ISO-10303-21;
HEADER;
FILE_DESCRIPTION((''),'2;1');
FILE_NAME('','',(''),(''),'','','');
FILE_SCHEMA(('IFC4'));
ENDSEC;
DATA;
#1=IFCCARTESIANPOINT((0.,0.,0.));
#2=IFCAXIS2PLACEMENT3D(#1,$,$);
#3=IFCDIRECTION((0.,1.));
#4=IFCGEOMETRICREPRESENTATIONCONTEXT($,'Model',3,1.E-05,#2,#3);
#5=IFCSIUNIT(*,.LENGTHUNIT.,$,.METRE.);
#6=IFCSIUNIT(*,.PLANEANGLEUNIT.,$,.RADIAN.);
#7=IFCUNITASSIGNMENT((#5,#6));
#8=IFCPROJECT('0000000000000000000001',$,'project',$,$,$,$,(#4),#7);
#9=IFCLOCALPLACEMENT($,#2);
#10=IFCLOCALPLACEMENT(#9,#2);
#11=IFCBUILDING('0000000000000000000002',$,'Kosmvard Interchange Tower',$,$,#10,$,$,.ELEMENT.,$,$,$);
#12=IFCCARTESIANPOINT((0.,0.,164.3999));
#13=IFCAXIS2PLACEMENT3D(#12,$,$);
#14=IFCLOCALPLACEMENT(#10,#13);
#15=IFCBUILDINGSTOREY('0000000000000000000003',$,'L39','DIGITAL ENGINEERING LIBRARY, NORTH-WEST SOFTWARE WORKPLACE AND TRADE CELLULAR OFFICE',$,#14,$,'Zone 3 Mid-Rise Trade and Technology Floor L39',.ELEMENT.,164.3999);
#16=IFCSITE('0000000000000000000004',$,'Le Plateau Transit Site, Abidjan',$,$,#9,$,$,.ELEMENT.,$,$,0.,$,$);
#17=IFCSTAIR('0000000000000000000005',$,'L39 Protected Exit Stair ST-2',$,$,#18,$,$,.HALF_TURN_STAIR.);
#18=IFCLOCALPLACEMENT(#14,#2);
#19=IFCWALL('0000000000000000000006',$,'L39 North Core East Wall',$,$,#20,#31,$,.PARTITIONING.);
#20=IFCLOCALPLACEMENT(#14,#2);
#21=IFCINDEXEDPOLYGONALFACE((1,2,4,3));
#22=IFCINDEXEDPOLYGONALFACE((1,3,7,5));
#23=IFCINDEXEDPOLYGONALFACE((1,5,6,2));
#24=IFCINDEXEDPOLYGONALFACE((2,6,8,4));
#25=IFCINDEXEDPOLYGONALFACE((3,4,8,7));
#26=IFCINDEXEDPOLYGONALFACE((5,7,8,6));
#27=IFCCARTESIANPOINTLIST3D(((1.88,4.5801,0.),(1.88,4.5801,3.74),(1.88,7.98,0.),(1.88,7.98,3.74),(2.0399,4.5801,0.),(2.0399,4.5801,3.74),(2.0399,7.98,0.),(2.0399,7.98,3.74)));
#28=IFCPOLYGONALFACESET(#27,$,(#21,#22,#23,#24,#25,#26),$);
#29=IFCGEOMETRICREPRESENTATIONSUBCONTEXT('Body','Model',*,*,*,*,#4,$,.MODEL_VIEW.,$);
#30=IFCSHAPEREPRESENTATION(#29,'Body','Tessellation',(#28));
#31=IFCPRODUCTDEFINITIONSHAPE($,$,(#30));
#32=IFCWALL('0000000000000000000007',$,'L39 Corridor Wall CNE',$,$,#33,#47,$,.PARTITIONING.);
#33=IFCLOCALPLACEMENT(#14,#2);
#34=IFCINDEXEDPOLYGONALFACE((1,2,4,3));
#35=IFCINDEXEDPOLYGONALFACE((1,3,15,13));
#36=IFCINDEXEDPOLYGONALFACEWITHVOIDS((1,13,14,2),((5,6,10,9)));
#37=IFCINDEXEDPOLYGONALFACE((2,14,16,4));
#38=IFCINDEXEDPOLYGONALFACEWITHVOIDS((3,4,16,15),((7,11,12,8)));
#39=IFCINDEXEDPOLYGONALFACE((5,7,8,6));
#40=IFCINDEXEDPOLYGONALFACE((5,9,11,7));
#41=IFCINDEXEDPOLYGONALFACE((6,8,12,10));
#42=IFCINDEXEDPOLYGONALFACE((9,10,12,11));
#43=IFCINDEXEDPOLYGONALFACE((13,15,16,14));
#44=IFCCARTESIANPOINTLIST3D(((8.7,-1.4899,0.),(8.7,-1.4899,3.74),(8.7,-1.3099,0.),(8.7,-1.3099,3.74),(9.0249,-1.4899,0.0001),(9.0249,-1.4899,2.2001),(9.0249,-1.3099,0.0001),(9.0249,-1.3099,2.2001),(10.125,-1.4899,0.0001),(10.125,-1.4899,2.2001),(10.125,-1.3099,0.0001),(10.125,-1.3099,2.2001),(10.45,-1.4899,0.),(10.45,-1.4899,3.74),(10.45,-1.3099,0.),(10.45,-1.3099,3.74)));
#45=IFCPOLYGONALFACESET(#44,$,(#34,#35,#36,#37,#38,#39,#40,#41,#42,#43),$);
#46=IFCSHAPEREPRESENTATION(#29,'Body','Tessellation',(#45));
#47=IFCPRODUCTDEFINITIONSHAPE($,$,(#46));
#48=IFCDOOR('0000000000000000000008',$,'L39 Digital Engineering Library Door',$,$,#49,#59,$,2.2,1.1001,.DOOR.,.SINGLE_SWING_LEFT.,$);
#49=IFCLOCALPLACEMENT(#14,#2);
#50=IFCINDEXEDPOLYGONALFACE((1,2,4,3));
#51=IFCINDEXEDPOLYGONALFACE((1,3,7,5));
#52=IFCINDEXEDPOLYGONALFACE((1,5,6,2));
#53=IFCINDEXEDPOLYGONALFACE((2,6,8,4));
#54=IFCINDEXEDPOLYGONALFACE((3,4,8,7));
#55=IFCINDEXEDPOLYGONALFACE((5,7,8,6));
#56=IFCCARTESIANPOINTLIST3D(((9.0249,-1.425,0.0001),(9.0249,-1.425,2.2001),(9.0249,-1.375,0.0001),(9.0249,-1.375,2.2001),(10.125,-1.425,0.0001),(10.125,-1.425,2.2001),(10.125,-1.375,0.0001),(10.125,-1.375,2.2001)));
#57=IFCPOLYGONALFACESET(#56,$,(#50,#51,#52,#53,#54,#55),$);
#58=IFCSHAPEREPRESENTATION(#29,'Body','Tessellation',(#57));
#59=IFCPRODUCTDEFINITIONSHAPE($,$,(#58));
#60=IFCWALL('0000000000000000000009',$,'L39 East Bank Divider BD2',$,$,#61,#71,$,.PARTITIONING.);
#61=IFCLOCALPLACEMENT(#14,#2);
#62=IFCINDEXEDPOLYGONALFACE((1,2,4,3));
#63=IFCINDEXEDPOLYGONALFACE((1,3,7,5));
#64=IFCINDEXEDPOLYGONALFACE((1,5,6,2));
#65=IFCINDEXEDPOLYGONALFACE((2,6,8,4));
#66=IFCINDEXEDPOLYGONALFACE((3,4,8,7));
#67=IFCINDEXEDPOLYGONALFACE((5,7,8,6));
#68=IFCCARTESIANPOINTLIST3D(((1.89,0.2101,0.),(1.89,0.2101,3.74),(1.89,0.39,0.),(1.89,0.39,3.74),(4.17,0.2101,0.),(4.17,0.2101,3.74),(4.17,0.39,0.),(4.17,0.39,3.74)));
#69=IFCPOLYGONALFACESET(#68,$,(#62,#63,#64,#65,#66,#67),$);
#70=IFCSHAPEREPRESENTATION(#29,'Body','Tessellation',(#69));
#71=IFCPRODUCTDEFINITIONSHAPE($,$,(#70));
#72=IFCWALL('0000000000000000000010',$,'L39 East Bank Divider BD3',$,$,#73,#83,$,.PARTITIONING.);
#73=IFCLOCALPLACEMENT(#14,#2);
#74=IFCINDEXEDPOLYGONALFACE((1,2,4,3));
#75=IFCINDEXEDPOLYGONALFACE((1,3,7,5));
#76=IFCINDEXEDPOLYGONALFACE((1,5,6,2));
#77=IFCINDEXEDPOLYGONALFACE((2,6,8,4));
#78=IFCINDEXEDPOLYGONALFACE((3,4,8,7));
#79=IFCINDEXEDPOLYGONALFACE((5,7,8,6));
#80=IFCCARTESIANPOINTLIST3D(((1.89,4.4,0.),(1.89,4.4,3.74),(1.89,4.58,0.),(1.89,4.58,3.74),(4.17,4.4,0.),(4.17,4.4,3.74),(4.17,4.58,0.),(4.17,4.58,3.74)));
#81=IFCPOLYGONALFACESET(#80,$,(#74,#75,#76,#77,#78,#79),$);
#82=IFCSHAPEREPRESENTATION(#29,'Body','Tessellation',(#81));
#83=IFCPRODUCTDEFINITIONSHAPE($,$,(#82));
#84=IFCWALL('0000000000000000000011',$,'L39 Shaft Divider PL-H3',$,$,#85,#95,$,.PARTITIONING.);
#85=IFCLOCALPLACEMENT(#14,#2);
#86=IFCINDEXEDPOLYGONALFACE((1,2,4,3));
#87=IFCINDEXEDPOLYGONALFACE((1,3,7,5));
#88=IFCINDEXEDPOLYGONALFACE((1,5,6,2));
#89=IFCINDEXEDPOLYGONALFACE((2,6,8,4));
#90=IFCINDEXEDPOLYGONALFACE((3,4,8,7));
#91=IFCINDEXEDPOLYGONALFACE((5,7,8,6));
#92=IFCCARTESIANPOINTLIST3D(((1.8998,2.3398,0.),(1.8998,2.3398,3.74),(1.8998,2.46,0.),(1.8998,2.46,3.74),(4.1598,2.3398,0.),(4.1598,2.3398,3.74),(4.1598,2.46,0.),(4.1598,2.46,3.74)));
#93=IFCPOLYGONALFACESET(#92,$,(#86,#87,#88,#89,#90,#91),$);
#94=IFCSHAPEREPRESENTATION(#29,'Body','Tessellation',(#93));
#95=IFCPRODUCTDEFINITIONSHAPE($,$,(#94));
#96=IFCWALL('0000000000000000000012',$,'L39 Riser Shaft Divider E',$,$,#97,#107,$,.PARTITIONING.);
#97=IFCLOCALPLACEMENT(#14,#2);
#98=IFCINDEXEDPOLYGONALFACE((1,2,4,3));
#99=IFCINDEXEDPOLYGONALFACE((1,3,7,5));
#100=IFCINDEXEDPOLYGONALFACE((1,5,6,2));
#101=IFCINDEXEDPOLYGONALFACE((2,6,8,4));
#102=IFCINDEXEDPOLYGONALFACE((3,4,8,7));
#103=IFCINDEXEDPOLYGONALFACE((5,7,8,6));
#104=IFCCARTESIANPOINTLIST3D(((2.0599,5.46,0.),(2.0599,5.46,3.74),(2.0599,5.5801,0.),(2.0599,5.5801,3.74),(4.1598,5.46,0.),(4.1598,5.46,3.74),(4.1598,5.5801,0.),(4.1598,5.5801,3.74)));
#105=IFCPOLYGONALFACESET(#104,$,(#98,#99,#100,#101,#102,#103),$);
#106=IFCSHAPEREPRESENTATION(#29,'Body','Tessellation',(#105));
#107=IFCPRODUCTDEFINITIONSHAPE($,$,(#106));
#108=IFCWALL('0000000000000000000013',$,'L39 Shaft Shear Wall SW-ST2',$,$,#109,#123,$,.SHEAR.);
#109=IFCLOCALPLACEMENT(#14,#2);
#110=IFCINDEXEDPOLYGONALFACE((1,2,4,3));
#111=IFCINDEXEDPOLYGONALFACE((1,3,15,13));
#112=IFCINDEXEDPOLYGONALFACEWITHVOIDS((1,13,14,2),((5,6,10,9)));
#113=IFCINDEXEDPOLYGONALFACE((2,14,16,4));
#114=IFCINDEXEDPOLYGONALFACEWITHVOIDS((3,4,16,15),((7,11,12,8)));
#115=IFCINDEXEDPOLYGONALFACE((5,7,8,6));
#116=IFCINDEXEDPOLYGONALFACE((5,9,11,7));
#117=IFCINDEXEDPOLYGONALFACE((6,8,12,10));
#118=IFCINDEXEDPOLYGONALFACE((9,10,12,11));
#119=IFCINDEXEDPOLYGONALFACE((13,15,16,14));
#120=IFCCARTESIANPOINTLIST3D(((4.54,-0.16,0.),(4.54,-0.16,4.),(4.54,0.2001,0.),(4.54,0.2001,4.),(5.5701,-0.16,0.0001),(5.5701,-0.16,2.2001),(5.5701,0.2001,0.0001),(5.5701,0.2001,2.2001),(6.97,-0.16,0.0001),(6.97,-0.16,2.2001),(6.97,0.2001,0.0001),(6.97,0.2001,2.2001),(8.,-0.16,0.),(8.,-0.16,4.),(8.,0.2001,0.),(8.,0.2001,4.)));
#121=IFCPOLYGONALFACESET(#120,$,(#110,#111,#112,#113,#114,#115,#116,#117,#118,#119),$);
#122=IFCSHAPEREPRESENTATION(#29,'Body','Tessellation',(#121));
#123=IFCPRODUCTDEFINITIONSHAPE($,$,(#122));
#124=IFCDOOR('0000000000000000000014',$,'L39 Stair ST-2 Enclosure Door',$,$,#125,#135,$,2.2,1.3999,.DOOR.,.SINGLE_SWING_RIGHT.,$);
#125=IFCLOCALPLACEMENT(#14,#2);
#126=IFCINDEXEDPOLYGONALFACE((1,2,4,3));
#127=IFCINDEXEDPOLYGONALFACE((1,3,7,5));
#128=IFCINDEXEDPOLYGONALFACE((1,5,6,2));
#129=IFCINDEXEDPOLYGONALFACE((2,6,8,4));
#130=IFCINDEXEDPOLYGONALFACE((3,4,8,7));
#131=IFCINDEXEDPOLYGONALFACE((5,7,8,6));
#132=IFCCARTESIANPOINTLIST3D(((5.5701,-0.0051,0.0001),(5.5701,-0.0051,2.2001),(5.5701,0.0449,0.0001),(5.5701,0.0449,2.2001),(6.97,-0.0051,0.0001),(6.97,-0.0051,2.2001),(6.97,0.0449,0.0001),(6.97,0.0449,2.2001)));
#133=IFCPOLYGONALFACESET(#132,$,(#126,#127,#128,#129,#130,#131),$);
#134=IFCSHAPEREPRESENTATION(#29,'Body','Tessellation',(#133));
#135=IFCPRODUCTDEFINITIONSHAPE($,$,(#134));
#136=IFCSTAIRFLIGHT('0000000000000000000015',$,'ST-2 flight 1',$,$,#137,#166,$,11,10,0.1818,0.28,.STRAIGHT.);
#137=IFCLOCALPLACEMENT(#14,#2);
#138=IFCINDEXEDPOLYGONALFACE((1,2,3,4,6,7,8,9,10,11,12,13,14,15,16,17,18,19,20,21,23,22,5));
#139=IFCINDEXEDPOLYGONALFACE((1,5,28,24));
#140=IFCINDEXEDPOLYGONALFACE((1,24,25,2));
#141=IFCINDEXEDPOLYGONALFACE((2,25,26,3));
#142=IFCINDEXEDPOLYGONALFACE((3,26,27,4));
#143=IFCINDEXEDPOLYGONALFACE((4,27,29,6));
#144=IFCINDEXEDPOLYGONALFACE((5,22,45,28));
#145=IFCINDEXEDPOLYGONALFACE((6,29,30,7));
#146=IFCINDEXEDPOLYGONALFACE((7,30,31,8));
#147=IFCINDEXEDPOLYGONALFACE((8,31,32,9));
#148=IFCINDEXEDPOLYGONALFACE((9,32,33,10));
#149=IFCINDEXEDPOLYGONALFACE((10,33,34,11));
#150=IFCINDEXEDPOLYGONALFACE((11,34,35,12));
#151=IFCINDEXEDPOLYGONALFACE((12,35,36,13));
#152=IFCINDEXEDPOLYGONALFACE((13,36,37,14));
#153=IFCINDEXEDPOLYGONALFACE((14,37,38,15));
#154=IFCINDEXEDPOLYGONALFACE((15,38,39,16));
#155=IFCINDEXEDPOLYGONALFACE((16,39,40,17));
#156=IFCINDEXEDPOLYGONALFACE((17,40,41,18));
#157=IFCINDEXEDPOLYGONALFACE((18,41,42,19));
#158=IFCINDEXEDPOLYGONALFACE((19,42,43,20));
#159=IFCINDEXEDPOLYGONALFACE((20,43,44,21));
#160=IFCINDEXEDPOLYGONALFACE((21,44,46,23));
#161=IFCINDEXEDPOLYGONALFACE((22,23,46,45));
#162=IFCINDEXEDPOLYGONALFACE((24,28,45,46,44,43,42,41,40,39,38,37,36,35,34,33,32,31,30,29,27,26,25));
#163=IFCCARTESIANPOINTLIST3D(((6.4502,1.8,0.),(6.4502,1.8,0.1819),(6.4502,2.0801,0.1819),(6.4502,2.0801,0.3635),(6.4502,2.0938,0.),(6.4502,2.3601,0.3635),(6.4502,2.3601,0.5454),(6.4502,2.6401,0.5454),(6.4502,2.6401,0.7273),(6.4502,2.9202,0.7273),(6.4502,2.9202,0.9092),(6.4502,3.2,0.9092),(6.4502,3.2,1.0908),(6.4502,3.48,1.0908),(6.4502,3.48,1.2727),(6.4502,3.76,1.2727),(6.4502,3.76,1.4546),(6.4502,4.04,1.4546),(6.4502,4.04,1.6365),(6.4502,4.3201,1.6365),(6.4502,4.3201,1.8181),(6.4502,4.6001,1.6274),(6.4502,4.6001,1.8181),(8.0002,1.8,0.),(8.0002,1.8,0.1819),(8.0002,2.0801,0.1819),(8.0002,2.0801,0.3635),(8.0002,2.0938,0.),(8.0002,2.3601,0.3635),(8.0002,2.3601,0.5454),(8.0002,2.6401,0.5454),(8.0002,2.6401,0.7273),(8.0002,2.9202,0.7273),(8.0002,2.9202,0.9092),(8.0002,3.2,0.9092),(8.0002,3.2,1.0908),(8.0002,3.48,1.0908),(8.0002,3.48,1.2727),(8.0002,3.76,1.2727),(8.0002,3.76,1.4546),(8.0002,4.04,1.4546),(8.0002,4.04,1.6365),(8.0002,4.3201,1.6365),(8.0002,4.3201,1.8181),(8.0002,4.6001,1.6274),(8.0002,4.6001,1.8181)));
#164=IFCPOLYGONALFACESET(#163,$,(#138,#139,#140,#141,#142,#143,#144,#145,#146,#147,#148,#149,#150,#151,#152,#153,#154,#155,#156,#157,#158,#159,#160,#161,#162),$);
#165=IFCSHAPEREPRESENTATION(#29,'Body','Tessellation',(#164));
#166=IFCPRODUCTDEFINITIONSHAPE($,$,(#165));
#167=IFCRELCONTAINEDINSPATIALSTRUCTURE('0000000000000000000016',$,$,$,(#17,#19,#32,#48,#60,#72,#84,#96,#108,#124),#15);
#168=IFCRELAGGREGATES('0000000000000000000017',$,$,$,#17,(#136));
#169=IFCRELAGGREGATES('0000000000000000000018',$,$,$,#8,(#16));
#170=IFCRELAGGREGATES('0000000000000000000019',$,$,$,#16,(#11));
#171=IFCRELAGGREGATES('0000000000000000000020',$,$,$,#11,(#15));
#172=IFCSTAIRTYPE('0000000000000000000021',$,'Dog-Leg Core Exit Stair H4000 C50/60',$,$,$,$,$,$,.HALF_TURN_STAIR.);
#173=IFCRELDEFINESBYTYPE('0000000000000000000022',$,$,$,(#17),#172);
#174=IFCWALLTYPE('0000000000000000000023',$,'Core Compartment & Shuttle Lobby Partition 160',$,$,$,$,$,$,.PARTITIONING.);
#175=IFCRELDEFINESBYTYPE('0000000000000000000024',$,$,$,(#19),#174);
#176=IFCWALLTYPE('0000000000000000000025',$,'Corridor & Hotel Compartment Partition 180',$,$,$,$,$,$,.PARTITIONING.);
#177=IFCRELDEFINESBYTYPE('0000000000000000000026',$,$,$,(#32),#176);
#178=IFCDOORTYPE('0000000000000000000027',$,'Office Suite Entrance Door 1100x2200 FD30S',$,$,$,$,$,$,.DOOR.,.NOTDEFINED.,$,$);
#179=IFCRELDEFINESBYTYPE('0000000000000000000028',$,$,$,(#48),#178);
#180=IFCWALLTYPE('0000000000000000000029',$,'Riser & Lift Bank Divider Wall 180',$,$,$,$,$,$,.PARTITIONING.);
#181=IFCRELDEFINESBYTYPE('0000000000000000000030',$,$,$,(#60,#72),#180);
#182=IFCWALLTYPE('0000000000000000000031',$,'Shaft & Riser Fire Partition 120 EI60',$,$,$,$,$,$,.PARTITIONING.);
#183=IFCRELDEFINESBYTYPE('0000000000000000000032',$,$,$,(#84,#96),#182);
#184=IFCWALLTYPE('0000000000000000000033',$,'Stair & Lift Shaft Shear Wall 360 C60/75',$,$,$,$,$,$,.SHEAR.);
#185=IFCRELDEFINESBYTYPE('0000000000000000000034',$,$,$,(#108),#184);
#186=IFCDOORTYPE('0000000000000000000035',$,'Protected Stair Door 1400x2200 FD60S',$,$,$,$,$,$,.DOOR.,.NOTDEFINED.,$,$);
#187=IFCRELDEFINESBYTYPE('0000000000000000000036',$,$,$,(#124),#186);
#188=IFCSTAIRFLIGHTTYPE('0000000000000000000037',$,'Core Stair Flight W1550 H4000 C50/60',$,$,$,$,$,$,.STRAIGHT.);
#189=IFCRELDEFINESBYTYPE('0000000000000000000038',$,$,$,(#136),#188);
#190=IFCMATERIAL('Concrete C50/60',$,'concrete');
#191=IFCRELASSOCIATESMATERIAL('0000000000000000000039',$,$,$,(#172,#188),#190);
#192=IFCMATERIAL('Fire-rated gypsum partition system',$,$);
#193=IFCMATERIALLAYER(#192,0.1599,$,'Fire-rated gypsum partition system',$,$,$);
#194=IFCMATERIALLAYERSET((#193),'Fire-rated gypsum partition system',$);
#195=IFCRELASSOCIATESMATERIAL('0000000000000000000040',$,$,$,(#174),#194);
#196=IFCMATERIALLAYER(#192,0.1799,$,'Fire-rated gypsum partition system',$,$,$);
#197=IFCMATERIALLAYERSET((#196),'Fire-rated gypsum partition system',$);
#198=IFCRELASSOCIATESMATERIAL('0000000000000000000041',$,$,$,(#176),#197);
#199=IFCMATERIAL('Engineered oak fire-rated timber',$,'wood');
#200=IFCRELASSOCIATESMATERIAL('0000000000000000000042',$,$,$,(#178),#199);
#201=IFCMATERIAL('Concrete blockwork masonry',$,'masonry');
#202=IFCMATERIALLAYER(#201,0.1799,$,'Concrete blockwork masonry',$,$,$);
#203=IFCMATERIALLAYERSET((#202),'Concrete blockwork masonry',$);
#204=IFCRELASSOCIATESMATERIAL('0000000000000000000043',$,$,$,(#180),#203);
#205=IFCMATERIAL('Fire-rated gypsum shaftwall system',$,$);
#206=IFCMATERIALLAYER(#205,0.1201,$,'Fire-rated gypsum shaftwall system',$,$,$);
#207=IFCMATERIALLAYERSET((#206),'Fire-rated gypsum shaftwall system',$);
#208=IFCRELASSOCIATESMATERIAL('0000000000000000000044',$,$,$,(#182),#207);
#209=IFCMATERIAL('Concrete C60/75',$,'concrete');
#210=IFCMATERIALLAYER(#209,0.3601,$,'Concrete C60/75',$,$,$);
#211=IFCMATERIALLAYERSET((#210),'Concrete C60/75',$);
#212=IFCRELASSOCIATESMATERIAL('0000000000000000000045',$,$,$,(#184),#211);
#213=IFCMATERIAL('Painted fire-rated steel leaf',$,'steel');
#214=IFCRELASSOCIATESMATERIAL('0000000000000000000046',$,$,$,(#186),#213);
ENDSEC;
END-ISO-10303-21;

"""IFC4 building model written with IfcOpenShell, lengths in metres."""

from ifc_helpers import new_model, si_unit, direction, frame, frame_2d, origin, place, context, subcontext, project, spatial, polyline, rectangle, outline, extrude, source, transform, mapped, material, layer, layer_set, type_object, element, fill, aggregate, save


model = new_model("IFC4")

# Units and contexts
model_context = context("Model", 3, precision=1e-05, world=origin(), true_north=direction((0.0, 1.0)))
body_context = subcontext(model_context, "Body", "Model", "MODEL_VIEW")
ifc_project = project(units=[si_unit("LENGTHUNIT", "METRE"), si_unit("PLANEANGLEUNIT", "RADIAN")], contexts=[model_context])

# Site, building, storey
site_placement = place(None, origin())
site = spatial("IfcSite", under=ifc_project, at=site_placement, Name="Le Plateau Transit Site, Abidjan", CompositionType="ELEMENT", RefElevation=0.0)
building_placement = place(site_placement, origin())
building = spatial("IfcBuilding", under=site, at=building_placement, Name="Kosmvard Interchange Tower", CompositionType="ELEMENT")
storey_placement = place(building_placement, frame((0.0, 0.0, 164.3999)))
storey = spatial("IfcBuildingStorey", under=building, at=storey_placement, Name="L39", Description="DIGITAL ENGINEERING LIBRARY, NORTH-WEST SOFTWARE WORKPLACE AND TRADE CELLULAR OFFICE", LongName="Zone 3 Mid-Rise Trade and Technology Floor L39", CompositionType="ELEMENT", Elevation=164.3999)

# Shared definitions
ifc_material_1 = material(Name="Concrete C60/75", Category="concrete")

# Shared definitions
ifc_material_2 = material(Name="Concrete C50/60", Category="concrete")

# Stair
stair_type = type_object("IfcStairType", Name="Dog-Leg Core Exit Stair H4000 C50/60", PredefinedType="HALF_TURN_STAIR", material=ifc_material_2)
stair_1_placement = place(storey_placement, origin())
stair_1 = element("IfcStair", 1, at=stair_1_placement, inside=storey, type_object=stair_type, Name="L39 Protected Exit Stair ST-2", PredefinedType="HALF_TURN_STAIR")

# Wall
ifc_material_3 = material(Name="Fire-rated gypsum partition system")
ifc_layer_1 = layer(ifc_material_3, 0.1599, Name="Fire-rated gypsum partition system")
ifc_layer_set_1 = layer_set([ifc_layer_1], Name="Fire-rated gypsum partition system")
wall_type_1 = type_object("IfcWallType", Name="Core Compartment & Shuttle Lobby Partition 160", PredefinedType="PARTITIONING", material=ifc_layer_set_1)
wall_1_placement = place(storey_placement, frame((1.96, 4.5801, 0.0), z_axis=(0.0, 0.0, 1.0), x_axis=(0.0, 1.0, 0.0)))
element("IfcWall", 2, at=wall_1_placement, inside=storey, type_object=wall_type_1, Name="L39 North Core East Wall", PredefinedType="PARTITIONING", context=body_context, shape_type="SweptSolid", body=[
    extrude(rectangle(XDim=3.3999, YDim=0.1599, at=frame_2d((1.7, 0.0))), origin(), (0.0, 0.0, 1.0), 3.74),
])

# Wall, opening, door
ifc_layer_2 = layer(ifc_material_3, 0.1799, Name="Fire-rated gypsum partition system")
ifc_layer_set_2 = layer_set([ifc_layer_2], Name="Fire-rated gypsum partition system")
wall_type_2 = type_object("IfcWallType", Name="Corridor & Hotel Compartment Partition 180", PredefinedType="PARTITIONING", material=ifc_layer_set_2)
wall_2_placement = place(storey_placement, frame((8.7, -1.3999, 0.0), z_axis=(0.0, 0.0, 1.0), x_axis=(1.0, 0.0, 0.0)))
wall_2 = element("IfcWall", 3, at=wall_2_placement, inside=storey, type_object=wall_type_2, Name="L39 Corridor Wall CNE", PredefinedType="PARTITIONING", context=body_context, shape_type="SweptSolid", body=[
    extrude(rectangle(XDim=1.75, YDim=0.1799, at=frame_2d((0.875, 0.0))), origin(), (0.0, 0.0, 1.0), 3.74),
])
opening_1_placement = place(wall_2_placement, frame((0.325, 0.0, 0.0)))
opening_1 = element("IfcOpeningElement", 4, at=opening_1_placement, cuts=wall_2, PredefinedType="OPENING", context=body_context, shape_type="SweptSolid", body=[
    extrude(rectangle(XDim=1.1001, YDim=2.2, at=frame_2d((0.55, 1.1001))), frame((0.0, 0.1001, 0.0), z_axis=(0.0, -1.0, 0.0), x_axis=(1.0, 0.0, 0.0)), (0.0, 0.0, 1.0), 0.2),
])
ifc_material_4 = material(Name="Engineered oak fire-rated timber", Category="wood")
door_type_1 = type_object("IfcDoorType", Name="Office Suite Entrance Door 1100x2200 FD30S", OperationType="NOTDEFINED", PredefinedType="DOOR", material=ifc_material_4)
shared_shape_1 = source(origin(), body_context, "Body", "SweptSolid", [
    extrude(rectangle(XDim=1.1001, YDim=2.2, at=frame_2d((0.55, 1.1001))), frame((0.0, 0.0249, 0.0), z_axis=(0.0, -1.0, 0.0), x_axis=(1.0, 0.0, 0.0)), (0.0, 0.0, 1.0), 0.05),
])
door_1_placement = place(opening_1_placement, origin())
door_1 = element("IfcDoor", 5, at=door_1_placement, inside=storey, type_object=door_type_1, Name="L39 Digital Engineering Library Door", OperationType="SINGLE_SWING_LEFT", OverallHeight=2.2, OverallWidth=1.1001, PredefinedType="DOOR", context=body_context, shape_type="MappedRepresentation", body=[
    mapped(shared_shape_1, transform((0.0, 0.0, 0.0), scale=1.0)),
])
fill(opening_1, door_1)

# Walls
ifc_material_5 = material(Name="Concrete blockwork masonry", Category="masonry")
ifc_layer_3 = layer(ifc_material_5, 0.1799, Name="Concrete blockwork masonry")
ifc_layer_set_3 = layer_set([ifc_layer_3], Name="Concrete blockwork masonry")
wall_type_3 = type_object("IfcWallType", Name="Riser & Lift Bank Divider Wall 180", PredefinedType="PARTITIONING", material=ifc_layer_set_3)
for number, where, z_axis, x_axis, name in (
    (6, (1.8899, 0.3, 0.0), (0.0, 0.0, 1.0), (1.0, 0.0, 0.0), "L39 East Bank Divider BD2"),
    (7, (1.8899, 4.49, 0.0), (0.0, 0.0, 1.0), (1.0, 0.0, 0.0), "L39 East Bank Divider BD3"),
):
    element("IfcWall", number, at=place(storey_placement, frame(where, z_axis=z_axis, x_axis=x_axis)), inside=storey, type_object=wall_type_3, Name=name, PredefinedType="PARTITIONING", context=body_context, shape_type="SweptSolid", body=[
        extrude(rectangle(XDim=2.28, YDim=0.1799, at=frame_2d((1.1401, 0.0))), origin(), (0.0, 0.0, 1.0), 3.74),
    ])
ifc_material_6 = material(Name="Fire-rated gypsum shaftwall system")
ifc_layer_4 = layer(ifc_material_6, 0.1201, Name="Fire-rated gypsum shaftwall system")
ifc_layer_set_4 = layer_set([ifc_layer_4], Name="Fire-rated gypsum shaftwall system")
wall_type_4 = type_object("IfcWallType", Name="Shaft & Riser Fire Partition 120 EI60", PredefinedType="PARTITIONING", material=ifc_layer_set_4)
wall_3_placement = place(storey_placement, frame((1.8999, 2.3999, 0.0), z_axis=(0.0, 0.0, 1.0), x_axis=(1.0, 0.0, 0.0)))
element("IfcWall", 8, at=wall_3_placement, inside=storey, type_object=wall_type_4, Name="L39 Shaft Divider PL-H3", PredefinedType="PARTITIONING", context=body_context, shape_type="SweptSolid", body=[
    extrude(rectangle(XDim=2.26, YDim=0.1201, at=frame_2d((1.1299, 0.0))), origin(), (0.0, 0.0, 1.0), 3.74),
])
wall_4_placement = place(storey_placement, frame((2.0601, 5.52, 0.0), z_axis=(0.0, 0.0, 1.0), x_axis=(1.0, 0.0, 0.0)))
element("IfcWall", 9, at=wall_4_placement, inside=storey, type_object=wall_type_4, Name="L39 Riser Shaft Divider E", PredefinedType="PARTITIONING", context=body_context, shape_type="SweptSolid", body=[
    extrude(rectangle(XDim=2.0999, YDim=0.1201, at=frame_2d((1.0498, 0.0))), origin(), (0.0, 0.0, 1.0), 3.74),
])

# Wall, opening, door
ifc_layer_5 = layer(ifc_material_1, 0.3601, Name="Concrete C60/75")
ifc_layer_set_5 = layer_set([ifc_layer_5], Name="Concrete C60/75")
wall_type_5 = type_object("IfcWallType", Name="Stair & Lift Shaft Shear Wall 360 C60/75", PredefinedType="SHEAR", material=ifc_layer_set_5)
wall_5_placement = place(storey_placement, frame((4.54, 0.02, 0.0), z_axis=(0.0, 0.0, 1.0), x_axis=(1.0, 0.0, 0.0)))
wall_5 = element("IfcWall", 10, at=wall_5_placement, inside=storey, type_object=wall_type_5, Name="L39 Shaft Shear Wall SW-ST2", PredefinedType="SHEAR", context=body_context, shape_type="SweptSolid", body=[
    extrude(rectangle(XDim=3.46, YDim=0.3601, at=frame_2d((1.73, 0.0))), origin(), (0.0, 0.0, 1.0), 4.0),
])
opening_2_placement = place(wall_5_placement, frame((1.03, 0.0, 0.0)))
opening_2 = element("IfcOpeningElement", 11, at=opening_2_placement, cuts=wall_5, PredefinedType="OPENING", context=body_context, shape_type="SweptSolid", body=[
    extrude(rectangle(XDim=1.3999, YDim=2.2, at=frame_2d((0.7, 1.1001))), frame((0.0, 0.1899, 0.0), z_axis=(0.0, -1.0, 0.0), x_axis=(1.0, 0.0, 0.0)), (0.0, 0.0, 1.0), 0.3801),
])
ifc_material_7 = material(Name="Painted fire-rated steel leaf", Category="steel")
door_type_2 = type_object("IfcDoorType", Name="Protected Stair Door 1400x2200 FD60S", OperationType="NOTDEFINED", PredefinedType="DOOR", material=ifc_material_7)
shared_shape_2 = source(origin(), body_context, "Body", "SweptSolid", [
    extrude(rectangle(XDim=1.3999, YDim=2.2, at=frame_2d((0.7, 1.1001))), frame((0.0, 0.0249, 0.0), z_axis=(0.0, -1.0, 0.0), x_axis=(1.0, 0.0, 0.0)), (0.0, 0.0, 1.0), 0.05),
])
door_2_placement = place(opening_2_placement, origin())
door_2 = element("IfcDoor", 12, at=door_2_placement, inside=storey, type_object=door_type_2, Name="L39 Stair ST-2 Enclosure Door", OperationType="SINGLE_SWING_RIGHT", OverallHeight=2.2, OverallWidth=1.3999, PredefinedType="DOOR", context=body_context, shape_type="MappedRepresentation", body=[
    mapped(shared_shape_2, transform((0.0, 0.0, 0.0), scale=1.0)),
])
fill(opening_2, door_2)

# Stair flight
stair_flight_type = type_object("IfcStairFlightType", Name="Core Stair Flight W1550 H4000 C50/60", PredefinedType="STRAIGHT", material=ifc_material_2)
shared_shape_3 = source(origin(), body_context, "Body", "SweptSolid", [
    extrude(outline(polyline([(0.0, 0.0), (0.0, 0.1819), (0.28, 0.1819), (0.28, 0.3635), (0.5601, 0.3635), (0.5601, 0.5454), (0.8401, 0.5454), (0.8401, 0.7273), (1.1201, 0.7273), (1.1201, 0.9092), (1.3999, 0.9092), (1.3999, 1.0908), (1.6799, 1.0908), (1.6799, 1.2727), (1.96, 1.2727), (1.96, 1.4546), (2.24, 1.4546), (2.24, 1.6365), (2.52, 1.6365), (2.52, 1.8181), (2.8, 1.8181), (2.8, 2.0), (2.8, 1.6274), (0.2937, 0.0), (0.0, 0.0)])), frame((0.0, 0.7749, 0.0), z_axis=(0.0, -1.0, 0.0), x_axis=(1.0, 0.0, 0.0)), (0.0, 0.0, 1.0), 1.55),
])
stair_flight_1_placement = place(storey_placement, frame((7.2251, 1.8, 0.0), z_axis=(0.0, 0.0, 1.0), x_axis=(0.0, 1.0, 0.0)))
stair_flight_1 = element("IfcStairFlight", 13, at=stair_flight_1_placement, type_object=stair_flight_type, Name="ST-2 flight 1", NumberOfRisers=11, NumberOfTreads=10, PredefinedType="STRAIGHT", RiserHeight=0.1818, TreadLength=0.28, context=body_context, shape_type="MappedRepresentation", body=[
    mapped(shared_shape_3, transform((0.0, 0.0, 0.0), scale=1.0)),
])
aggregate(stair_1, [stair_flight_1])

save(model, "model.ifc")
